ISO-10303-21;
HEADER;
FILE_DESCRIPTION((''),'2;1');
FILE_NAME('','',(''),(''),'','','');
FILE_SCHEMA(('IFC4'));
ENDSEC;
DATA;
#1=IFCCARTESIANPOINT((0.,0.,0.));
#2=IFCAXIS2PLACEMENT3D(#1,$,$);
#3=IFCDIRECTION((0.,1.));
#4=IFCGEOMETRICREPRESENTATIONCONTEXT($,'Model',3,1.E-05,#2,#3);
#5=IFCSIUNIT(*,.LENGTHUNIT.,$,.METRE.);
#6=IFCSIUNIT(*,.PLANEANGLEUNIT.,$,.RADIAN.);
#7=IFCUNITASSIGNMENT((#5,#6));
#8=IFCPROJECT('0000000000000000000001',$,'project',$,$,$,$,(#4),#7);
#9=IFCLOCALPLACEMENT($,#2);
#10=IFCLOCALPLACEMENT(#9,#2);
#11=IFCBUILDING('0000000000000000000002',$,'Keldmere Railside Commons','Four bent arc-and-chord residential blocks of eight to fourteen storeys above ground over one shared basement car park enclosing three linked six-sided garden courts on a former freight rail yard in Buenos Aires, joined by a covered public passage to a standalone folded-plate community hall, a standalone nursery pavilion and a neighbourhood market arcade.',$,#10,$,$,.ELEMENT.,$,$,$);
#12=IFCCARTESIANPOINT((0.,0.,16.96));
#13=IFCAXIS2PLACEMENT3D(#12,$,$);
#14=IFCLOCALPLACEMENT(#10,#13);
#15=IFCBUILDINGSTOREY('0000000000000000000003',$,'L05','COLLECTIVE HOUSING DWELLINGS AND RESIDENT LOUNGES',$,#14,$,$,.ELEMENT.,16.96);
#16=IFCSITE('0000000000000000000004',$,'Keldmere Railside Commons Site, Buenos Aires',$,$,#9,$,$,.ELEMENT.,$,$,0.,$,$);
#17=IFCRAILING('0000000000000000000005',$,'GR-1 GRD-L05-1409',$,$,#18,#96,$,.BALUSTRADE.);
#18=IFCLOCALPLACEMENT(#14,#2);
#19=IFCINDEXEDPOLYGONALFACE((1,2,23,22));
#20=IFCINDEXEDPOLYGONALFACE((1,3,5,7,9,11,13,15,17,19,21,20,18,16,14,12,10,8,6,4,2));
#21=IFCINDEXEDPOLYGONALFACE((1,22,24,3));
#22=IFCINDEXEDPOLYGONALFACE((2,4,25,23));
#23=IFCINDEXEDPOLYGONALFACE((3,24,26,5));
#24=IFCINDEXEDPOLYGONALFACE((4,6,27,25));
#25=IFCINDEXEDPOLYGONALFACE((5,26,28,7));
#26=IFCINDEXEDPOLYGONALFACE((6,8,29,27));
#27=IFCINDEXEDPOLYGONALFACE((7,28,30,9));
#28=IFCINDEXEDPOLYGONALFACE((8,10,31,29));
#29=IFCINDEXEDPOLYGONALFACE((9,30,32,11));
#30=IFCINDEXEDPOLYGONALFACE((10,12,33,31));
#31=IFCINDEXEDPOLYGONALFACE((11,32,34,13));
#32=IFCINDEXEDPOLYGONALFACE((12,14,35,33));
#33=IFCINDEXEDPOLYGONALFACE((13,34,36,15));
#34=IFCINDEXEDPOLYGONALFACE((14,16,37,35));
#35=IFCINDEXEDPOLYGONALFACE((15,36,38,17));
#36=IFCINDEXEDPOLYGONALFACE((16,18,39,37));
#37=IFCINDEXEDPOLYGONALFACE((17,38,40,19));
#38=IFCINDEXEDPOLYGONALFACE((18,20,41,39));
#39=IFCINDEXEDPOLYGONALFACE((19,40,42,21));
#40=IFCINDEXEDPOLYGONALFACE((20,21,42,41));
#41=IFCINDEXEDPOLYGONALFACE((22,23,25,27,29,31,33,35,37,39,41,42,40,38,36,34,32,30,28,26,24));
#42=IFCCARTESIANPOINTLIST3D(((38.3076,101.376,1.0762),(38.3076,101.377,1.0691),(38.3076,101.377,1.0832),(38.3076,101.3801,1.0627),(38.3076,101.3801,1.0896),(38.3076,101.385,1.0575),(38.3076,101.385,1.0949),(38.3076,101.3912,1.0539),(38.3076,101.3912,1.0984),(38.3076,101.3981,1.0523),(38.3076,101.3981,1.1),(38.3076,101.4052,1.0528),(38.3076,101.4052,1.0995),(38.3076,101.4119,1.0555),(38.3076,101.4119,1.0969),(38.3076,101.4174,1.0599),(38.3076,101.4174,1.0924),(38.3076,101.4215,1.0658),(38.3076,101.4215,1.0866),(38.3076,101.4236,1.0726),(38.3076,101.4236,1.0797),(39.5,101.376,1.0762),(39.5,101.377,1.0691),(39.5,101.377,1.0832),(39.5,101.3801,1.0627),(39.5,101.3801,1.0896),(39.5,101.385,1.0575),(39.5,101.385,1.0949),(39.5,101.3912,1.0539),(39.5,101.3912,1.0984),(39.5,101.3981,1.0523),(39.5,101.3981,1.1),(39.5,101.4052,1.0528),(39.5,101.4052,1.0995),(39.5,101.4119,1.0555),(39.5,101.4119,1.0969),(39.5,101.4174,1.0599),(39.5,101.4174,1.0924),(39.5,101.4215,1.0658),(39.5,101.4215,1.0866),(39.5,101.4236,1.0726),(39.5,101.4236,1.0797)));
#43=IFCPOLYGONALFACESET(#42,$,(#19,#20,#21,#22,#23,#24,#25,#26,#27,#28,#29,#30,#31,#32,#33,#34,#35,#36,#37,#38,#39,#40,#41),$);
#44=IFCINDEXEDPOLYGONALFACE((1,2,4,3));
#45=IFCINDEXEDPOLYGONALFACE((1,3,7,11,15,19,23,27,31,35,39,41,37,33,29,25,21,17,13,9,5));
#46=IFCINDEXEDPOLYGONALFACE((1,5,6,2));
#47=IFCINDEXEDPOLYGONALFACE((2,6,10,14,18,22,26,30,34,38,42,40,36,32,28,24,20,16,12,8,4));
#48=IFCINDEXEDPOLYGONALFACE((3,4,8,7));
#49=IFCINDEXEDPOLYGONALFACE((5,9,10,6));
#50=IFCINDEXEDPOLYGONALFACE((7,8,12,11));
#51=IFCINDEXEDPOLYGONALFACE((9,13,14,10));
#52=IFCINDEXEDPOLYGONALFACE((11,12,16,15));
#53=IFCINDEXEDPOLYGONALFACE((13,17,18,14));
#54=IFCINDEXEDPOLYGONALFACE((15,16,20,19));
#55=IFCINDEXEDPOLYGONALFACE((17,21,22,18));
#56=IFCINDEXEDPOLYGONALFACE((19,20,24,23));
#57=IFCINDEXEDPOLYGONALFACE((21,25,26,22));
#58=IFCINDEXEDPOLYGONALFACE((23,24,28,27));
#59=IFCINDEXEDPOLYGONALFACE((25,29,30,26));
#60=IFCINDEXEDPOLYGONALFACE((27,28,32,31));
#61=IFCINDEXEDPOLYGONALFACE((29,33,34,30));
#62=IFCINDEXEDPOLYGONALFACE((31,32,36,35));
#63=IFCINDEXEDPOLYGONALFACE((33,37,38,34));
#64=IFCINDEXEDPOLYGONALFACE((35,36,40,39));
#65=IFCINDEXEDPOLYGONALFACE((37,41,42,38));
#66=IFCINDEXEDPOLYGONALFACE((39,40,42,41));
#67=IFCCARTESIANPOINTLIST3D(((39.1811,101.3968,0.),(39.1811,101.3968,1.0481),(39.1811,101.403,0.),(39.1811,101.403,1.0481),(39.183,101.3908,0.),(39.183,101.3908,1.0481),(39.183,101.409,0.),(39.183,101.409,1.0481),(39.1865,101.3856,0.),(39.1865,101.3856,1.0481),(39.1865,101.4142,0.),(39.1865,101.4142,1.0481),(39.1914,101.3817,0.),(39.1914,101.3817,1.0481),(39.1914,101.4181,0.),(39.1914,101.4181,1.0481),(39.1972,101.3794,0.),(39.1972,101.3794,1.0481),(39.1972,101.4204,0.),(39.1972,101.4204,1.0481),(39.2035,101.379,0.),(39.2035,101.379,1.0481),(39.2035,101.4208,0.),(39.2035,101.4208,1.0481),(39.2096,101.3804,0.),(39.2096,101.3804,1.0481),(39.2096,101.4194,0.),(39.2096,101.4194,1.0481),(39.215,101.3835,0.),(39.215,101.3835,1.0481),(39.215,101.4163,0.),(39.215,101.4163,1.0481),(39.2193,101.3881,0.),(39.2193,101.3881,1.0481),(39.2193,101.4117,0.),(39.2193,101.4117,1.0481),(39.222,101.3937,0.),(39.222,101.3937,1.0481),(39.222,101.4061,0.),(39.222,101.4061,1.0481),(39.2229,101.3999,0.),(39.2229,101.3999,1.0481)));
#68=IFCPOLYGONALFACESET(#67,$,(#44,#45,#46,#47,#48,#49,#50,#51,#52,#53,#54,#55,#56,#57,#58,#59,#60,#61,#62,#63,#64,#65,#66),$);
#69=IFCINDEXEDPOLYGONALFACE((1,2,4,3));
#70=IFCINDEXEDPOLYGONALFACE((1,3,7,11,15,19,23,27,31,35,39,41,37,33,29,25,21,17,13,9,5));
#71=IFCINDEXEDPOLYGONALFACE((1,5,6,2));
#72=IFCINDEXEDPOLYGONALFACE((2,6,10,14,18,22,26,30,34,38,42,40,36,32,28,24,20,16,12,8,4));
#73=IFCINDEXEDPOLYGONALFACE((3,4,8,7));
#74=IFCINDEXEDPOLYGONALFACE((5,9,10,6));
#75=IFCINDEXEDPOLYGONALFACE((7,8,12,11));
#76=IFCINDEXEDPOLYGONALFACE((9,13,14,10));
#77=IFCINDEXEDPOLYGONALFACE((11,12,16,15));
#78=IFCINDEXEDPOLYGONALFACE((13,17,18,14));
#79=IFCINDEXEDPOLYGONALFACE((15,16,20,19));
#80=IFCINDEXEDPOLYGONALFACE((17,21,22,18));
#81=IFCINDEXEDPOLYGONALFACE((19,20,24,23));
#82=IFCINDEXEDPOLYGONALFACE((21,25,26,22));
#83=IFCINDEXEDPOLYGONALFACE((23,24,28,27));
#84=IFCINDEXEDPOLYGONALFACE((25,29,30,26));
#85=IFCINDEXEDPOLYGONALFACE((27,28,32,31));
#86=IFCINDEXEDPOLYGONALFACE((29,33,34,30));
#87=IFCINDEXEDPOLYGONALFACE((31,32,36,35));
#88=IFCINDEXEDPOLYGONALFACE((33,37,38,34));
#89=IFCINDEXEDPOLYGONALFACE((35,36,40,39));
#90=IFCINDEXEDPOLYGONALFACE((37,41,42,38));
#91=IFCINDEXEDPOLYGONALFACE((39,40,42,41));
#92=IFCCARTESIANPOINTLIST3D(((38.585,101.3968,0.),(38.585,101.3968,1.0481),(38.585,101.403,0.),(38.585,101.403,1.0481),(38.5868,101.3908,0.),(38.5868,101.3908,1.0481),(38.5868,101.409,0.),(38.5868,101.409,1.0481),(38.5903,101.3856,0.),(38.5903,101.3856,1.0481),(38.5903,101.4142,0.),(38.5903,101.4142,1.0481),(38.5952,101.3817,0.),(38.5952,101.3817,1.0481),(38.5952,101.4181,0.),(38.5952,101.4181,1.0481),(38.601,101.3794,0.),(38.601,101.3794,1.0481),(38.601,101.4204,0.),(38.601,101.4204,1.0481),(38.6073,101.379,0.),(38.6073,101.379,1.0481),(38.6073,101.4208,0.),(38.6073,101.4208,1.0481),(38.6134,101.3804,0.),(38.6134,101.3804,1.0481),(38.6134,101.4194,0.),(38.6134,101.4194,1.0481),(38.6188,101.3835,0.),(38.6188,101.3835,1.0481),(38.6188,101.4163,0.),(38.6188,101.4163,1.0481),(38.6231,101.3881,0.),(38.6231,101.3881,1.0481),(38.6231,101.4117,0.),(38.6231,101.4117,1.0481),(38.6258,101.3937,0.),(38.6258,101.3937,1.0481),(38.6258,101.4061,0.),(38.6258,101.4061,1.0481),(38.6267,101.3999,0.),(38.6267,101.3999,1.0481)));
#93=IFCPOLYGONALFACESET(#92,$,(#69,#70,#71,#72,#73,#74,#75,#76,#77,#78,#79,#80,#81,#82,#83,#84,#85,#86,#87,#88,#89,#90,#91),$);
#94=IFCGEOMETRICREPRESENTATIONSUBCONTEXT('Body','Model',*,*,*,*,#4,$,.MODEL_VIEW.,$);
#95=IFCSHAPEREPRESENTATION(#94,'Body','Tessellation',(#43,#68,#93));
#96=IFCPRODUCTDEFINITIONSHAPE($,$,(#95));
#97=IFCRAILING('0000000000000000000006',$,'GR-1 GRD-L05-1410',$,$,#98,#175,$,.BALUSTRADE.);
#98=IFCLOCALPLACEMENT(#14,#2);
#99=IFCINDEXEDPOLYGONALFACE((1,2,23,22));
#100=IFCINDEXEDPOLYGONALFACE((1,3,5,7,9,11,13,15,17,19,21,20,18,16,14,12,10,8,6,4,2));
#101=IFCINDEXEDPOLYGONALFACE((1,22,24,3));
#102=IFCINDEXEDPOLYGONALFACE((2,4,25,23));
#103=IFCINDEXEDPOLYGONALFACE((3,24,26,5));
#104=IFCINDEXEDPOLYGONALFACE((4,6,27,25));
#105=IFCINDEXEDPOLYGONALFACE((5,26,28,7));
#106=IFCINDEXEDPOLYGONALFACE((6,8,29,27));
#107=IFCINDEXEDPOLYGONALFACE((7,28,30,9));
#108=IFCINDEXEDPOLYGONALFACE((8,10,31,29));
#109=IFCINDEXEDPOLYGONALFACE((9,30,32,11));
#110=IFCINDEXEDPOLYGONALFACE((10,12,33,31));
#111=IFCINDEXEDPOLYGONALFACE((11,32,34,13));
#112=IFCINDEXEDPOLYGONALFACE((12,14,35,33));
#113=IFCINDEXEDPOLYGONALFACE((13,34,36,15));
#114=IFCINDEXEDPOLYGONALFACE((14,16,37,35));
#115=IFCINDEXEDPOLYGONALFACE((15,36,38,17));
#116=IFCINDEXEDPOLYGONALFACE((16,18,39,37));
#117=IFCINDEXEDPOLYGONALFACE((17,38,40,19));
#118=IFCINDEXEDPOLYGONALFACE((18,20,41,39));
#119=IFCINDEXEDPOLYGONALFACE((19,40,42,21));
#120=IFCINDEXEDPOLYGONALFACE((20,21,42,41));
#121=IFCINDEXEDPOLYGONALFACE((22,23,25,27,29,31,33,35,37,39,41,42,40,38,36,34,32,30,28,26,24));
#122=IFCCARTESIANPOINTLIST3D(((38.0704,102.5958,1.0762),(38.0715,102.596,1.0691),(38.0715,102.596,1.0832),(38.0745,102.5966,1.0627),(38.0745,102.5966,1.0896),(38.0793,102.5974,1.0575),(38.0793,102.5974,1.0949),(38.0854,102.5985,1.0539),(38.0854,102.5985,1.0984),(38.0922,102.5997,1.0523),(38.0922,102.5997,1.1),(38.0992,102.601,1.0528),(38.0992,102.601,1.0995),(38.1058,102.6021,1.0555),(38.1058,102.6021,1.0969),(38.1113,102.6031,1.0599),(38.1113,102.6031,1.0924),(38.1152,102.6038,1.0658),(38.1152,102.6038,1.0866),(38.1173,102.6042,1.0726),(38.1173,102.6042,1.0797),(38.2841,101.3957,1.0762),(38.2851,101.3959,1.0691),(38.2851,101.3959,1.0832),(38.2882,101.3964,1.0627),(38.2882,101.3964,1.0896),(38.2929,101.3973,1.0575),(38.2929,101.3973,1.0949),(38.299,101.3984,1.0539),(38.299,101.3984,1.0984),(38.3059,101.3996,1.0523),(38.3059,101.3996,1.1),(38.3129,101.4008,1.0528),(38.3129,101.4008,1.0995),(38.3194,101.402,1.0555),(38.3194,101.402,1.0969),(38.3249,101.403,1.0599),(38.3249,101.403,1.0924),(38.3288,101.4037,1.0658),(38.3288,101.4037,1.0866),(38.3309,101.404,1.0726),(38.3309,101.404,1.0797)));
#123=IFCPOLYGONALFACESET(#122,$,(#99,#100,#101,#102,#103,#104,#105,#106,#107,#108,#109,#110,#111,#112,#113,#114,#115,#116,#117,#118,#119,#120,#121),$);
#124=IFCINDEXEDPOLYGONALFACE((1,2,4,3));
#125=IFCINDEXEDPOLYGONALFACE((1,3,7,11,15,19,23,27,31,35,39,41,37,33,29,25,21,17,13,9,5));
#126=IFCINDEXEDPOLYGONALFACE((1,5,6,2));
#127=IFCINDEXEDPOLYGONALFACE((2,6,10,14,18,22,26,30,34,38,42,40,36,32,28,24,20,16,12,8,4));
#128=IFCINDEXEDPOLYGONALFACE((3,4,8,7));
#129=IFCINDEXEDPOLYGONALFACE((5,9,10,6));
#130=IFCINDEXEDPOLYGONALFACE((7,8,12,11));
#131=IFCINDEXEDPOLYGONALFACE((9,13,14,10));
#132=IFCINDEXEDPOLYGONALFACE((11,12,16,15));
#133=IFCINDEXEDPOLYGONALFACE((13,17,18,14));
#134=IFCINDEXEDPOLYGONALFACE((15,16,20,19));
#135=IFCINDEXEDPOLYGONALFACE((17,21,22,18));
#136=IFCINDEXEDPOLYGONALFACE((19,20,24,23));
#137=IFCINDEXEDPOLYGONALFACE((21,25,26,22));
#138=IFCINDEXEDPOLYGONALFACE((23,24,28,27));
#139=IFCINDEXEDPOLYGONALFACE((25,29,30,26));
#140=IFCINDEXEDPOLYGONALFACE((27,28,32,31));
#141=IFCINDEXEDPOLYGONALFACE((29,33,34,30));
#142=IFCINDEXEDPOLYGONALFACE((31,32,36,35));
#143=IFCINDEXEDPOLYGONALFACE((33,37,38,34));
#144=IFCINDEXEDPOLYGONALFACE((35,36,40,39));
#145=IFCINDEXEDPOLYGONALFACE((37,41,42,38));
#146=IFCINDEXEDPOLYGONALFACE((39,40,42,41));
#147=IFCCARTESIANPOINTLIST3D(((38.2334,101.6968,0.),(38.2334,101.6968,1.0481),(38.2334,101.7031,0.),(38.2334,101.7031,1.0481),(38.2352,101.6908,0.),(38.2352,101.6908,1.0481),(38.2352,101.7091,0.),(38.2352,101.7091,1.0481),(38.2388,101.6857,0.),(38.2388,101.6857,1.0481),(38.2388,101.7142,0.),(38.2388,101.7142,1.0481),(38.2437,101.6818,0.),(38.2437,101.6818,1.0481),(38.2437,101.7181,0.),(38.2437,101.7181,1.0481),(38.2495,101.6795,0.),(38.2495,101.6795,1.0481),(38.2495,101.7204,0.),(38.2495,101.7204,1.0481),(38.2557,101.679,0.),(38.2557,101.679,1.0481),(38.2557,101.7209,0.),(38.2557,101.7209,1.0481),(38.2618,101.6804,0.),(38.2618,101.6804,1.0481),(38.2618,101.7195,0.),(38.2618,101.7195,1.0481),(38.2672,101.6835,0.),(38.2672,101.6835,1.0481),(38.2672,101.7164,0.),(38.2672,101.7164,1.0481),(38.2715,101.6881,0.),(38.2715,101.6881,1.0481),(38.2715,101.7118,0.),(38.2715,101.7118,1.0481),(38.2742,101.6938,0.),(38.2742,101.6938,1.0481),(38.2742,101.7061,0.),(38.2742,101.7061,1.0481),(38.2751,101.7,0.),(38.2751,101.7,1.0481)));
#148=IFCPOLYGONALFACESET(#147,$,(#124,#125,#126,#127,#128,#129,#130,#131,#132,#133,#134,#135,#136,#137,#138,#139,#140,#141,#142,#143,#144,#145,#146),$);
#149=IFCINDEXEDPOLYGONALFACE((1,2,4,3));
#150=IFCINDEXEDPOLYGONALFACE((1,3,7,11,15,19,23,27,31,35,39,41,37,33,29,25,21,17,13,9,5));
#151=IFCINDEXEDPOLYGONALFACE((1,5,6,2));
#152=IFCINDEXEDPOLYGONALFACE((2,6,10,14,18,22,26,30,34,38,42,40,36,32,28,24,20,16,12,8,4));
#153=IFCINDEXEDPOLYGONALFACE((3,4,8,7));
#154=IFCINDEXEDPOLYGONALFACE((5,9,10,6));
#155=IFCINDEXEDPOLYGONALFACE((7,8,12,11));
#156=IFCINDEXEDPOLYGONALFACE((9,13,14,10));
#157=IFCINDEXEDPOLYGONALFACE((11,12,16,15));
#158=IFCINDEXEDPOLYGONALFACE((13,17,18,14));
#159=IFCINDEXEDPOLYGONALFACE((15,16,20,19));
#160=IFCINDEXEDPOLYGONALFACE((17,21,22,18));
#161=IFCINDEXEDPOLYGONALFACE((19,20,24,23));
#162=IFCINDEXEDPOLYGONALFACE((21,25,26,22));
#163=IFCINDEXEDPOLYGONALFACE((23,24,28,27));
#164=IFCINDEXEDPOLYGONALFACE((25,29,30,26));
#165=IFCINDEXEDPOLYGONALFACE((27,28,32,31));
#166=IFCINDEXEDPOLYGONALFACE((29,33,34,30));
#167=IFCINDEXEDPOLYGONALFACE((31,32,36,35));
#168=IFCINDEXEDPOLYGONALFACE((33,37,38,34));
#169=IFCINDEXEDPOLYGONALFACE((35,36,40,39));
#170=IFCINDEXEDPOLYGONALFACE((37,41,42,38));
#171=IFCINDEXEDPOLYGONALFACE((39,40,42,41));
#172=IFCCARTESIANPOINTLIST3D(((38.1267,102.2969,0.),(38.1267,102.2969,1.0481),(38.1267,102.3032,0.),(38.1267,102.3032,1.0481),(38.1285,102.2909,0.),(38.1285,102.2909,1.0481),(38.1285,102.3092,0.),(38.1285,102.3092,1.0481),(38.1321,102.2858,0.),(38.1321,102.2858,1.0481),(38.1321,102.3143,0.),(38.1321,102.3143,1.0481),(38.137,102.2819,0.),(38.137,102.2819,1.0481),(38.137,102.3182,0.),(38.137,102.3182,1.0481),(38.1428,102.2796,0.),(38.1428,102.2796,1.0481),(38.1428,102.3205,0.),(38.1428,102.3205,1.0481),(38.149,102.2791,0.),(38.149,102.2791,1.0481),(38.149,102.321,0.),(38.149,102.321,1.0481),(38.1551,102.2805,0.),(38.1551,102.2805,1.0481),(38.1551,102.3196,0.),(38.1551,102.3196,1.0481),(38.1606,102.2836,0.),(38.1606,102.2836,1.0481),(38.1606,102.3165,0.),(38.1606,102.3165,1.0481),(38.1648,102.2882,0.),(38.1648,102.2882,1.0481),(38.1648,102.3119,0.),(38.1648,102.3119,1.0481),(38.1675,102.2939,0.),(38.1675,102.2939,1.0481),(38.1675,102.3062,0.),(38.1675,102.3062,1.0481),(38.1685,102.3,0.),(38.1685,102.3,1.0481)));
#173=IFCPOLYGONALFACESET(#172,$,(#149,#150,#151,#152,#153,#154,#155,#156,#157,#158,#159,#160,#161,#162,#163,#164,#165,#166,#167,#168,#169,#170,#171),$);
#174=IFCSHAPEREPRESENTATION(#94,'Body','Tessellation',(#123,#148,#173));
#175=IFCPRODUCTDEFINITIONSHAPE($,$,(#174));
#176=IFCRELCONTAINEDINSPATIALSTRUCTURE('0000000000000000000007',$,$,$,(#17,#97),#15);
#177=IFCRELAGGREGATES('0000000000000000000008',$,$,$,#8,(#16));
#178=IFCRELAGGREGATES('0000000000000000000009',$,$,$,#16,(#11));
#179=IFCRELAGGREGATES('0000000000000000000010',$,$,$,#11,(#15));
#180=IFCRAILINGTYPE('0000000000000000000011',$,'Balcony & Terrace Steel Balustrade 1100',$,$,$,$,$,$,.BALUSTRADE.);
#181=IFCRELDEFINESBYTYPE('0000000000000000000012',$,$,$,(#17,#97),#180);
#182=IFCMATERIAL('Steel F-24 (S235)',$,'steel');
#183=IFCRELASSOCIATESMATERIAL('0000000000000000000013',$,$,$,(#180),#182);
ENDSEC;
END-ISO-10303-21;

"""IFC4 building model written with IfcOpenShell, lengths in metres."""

from ifc_helpers import new_model, si_unit, direction, frame, origin, origin_2d, place, context, subcontext, project, spatial, circle, extrude, material, type_object, element, save


model = new_model("IFC4")

# Units and contexts
model_context = context("Model", 3, precision=1e-05, world=origin(), true_north=direction((0.0, 1.0)))
body_context = subcontext(model_context, "Body", "Model", "MODEL_VIEW")
ifc_project = project(units=[si_unit("LENGTHUNIT", "METRE"), si_unit("PLANEANGLEUNIT", "RADIAN")], contexts=[model_context])

# Site, building, storey
site_placement = place(None, origin())
site = spatial("IfcSite", under=ifc_project, at=site_placement, Name="Keldmere Railside Commons Site, Buenos Aires", CompositionType="ELEMENT", RefElevation=0.0)
building_placement = place(site_placement, origin())
building = spatial("IfcBuilding", under=site, at=building_placement, Name="Keldmere Railside Commons", Description="Four bent arc-and-chord residential blocks of eight to fourteen storeys above ground over one shared basement car park enclosing three linked six-sided garden courts on a former freight rail yard in Buenos Aires, joined by a covered public passage to a standalone folded-plate community hall, a standalone nursery pavilion and a neighbourhood market arcade.", CompositionType="ELEMENT")
storey_placement = place(building_placement, frame((0.0, 0.0, 16.96)))
storey = spatial("IfcBuildingStorey", under=building, at=storey_placement, Name="L05", Description="COLLECTIVE HOUSING DWELLINGS AND RESIDENT LOUNGES", CompositionType="ELEMENT", Elevation=16.96)

# Railings
ifc_material_1 = material(Name="Steel F-24 (S235)", Category="steel")
railing_type_1 = type_object("IfcRailingType", Name="Balcony & Terrace Steel Balustrade 1100", PredefinedType="BALUSTRADE", material=ifc_material_1)
railing_1_placement = place(storey_placement, frame((39.5, 101.3999, 0.0)))
element("IfcRailing", 1, at=railing_1_placement, inside=storey, type_object=railing_type_1, Name="GR-1 GRD-L05-1409", PredefinedType="BALUSTRADE", context=body_context, shape_type="SweptSolid", body=[
    extrude(circle(Radius=0.0239, at=origin_2d()), frame((0.0, 0.0, 1.0762), z_axis=(-1.0, 0.0, 0.0), x_axis=(0.0, -1.0, 0.0)), (0.0, 0.0, 1.0), 1.1924),
    extrude(circle(Radius=0.021, at=origin_2d()), frame((-0.2981, 0.0, 0.0)), (0.0, 0.0, 1.0), 1.0481),
    extrude(circle(Radius=0.021, at=origin_2d()), frame((-0.8943, 0.0, 0.0)), (0.0, 0.0, 1.0), 1.0481),
])
railing_2_placement = place(storey_placement, frame((38.3076, 101.3999, 0.0)))
element("IfcRailing", 2, at=railing_2_placement, inside=storey, type_object=railing_type_1, Name="GR-1 GRD-L05-1410", PredefinedType="BALUSTRADE", context=body_context, shape_type="SweptSolid", body=[
    extrude(circle(Radius=0.0239, at=origin_2d()), frame((0.0, 0.0, 1.0762), z_axis=(-0.175236, 0.984526, 0.0), x_axis=(-0.984526, -0.175236, 0.0)), (0.0, 0.0, 1.0), 1.219),
    extrude(circle(Radius=0.021, at=origin_2d()), frame((-0.0535, 0.3, 0.0)), (0.0, 0.0, 1.0), 1.0481),
    extrude(circle(Radius=0.021, at=origin_2d()), frame((-0.1602, 0.9001, 0.0)), (0.0, 0.0, 1.0), 1.0481),
])

save(model, "model.ifc")
